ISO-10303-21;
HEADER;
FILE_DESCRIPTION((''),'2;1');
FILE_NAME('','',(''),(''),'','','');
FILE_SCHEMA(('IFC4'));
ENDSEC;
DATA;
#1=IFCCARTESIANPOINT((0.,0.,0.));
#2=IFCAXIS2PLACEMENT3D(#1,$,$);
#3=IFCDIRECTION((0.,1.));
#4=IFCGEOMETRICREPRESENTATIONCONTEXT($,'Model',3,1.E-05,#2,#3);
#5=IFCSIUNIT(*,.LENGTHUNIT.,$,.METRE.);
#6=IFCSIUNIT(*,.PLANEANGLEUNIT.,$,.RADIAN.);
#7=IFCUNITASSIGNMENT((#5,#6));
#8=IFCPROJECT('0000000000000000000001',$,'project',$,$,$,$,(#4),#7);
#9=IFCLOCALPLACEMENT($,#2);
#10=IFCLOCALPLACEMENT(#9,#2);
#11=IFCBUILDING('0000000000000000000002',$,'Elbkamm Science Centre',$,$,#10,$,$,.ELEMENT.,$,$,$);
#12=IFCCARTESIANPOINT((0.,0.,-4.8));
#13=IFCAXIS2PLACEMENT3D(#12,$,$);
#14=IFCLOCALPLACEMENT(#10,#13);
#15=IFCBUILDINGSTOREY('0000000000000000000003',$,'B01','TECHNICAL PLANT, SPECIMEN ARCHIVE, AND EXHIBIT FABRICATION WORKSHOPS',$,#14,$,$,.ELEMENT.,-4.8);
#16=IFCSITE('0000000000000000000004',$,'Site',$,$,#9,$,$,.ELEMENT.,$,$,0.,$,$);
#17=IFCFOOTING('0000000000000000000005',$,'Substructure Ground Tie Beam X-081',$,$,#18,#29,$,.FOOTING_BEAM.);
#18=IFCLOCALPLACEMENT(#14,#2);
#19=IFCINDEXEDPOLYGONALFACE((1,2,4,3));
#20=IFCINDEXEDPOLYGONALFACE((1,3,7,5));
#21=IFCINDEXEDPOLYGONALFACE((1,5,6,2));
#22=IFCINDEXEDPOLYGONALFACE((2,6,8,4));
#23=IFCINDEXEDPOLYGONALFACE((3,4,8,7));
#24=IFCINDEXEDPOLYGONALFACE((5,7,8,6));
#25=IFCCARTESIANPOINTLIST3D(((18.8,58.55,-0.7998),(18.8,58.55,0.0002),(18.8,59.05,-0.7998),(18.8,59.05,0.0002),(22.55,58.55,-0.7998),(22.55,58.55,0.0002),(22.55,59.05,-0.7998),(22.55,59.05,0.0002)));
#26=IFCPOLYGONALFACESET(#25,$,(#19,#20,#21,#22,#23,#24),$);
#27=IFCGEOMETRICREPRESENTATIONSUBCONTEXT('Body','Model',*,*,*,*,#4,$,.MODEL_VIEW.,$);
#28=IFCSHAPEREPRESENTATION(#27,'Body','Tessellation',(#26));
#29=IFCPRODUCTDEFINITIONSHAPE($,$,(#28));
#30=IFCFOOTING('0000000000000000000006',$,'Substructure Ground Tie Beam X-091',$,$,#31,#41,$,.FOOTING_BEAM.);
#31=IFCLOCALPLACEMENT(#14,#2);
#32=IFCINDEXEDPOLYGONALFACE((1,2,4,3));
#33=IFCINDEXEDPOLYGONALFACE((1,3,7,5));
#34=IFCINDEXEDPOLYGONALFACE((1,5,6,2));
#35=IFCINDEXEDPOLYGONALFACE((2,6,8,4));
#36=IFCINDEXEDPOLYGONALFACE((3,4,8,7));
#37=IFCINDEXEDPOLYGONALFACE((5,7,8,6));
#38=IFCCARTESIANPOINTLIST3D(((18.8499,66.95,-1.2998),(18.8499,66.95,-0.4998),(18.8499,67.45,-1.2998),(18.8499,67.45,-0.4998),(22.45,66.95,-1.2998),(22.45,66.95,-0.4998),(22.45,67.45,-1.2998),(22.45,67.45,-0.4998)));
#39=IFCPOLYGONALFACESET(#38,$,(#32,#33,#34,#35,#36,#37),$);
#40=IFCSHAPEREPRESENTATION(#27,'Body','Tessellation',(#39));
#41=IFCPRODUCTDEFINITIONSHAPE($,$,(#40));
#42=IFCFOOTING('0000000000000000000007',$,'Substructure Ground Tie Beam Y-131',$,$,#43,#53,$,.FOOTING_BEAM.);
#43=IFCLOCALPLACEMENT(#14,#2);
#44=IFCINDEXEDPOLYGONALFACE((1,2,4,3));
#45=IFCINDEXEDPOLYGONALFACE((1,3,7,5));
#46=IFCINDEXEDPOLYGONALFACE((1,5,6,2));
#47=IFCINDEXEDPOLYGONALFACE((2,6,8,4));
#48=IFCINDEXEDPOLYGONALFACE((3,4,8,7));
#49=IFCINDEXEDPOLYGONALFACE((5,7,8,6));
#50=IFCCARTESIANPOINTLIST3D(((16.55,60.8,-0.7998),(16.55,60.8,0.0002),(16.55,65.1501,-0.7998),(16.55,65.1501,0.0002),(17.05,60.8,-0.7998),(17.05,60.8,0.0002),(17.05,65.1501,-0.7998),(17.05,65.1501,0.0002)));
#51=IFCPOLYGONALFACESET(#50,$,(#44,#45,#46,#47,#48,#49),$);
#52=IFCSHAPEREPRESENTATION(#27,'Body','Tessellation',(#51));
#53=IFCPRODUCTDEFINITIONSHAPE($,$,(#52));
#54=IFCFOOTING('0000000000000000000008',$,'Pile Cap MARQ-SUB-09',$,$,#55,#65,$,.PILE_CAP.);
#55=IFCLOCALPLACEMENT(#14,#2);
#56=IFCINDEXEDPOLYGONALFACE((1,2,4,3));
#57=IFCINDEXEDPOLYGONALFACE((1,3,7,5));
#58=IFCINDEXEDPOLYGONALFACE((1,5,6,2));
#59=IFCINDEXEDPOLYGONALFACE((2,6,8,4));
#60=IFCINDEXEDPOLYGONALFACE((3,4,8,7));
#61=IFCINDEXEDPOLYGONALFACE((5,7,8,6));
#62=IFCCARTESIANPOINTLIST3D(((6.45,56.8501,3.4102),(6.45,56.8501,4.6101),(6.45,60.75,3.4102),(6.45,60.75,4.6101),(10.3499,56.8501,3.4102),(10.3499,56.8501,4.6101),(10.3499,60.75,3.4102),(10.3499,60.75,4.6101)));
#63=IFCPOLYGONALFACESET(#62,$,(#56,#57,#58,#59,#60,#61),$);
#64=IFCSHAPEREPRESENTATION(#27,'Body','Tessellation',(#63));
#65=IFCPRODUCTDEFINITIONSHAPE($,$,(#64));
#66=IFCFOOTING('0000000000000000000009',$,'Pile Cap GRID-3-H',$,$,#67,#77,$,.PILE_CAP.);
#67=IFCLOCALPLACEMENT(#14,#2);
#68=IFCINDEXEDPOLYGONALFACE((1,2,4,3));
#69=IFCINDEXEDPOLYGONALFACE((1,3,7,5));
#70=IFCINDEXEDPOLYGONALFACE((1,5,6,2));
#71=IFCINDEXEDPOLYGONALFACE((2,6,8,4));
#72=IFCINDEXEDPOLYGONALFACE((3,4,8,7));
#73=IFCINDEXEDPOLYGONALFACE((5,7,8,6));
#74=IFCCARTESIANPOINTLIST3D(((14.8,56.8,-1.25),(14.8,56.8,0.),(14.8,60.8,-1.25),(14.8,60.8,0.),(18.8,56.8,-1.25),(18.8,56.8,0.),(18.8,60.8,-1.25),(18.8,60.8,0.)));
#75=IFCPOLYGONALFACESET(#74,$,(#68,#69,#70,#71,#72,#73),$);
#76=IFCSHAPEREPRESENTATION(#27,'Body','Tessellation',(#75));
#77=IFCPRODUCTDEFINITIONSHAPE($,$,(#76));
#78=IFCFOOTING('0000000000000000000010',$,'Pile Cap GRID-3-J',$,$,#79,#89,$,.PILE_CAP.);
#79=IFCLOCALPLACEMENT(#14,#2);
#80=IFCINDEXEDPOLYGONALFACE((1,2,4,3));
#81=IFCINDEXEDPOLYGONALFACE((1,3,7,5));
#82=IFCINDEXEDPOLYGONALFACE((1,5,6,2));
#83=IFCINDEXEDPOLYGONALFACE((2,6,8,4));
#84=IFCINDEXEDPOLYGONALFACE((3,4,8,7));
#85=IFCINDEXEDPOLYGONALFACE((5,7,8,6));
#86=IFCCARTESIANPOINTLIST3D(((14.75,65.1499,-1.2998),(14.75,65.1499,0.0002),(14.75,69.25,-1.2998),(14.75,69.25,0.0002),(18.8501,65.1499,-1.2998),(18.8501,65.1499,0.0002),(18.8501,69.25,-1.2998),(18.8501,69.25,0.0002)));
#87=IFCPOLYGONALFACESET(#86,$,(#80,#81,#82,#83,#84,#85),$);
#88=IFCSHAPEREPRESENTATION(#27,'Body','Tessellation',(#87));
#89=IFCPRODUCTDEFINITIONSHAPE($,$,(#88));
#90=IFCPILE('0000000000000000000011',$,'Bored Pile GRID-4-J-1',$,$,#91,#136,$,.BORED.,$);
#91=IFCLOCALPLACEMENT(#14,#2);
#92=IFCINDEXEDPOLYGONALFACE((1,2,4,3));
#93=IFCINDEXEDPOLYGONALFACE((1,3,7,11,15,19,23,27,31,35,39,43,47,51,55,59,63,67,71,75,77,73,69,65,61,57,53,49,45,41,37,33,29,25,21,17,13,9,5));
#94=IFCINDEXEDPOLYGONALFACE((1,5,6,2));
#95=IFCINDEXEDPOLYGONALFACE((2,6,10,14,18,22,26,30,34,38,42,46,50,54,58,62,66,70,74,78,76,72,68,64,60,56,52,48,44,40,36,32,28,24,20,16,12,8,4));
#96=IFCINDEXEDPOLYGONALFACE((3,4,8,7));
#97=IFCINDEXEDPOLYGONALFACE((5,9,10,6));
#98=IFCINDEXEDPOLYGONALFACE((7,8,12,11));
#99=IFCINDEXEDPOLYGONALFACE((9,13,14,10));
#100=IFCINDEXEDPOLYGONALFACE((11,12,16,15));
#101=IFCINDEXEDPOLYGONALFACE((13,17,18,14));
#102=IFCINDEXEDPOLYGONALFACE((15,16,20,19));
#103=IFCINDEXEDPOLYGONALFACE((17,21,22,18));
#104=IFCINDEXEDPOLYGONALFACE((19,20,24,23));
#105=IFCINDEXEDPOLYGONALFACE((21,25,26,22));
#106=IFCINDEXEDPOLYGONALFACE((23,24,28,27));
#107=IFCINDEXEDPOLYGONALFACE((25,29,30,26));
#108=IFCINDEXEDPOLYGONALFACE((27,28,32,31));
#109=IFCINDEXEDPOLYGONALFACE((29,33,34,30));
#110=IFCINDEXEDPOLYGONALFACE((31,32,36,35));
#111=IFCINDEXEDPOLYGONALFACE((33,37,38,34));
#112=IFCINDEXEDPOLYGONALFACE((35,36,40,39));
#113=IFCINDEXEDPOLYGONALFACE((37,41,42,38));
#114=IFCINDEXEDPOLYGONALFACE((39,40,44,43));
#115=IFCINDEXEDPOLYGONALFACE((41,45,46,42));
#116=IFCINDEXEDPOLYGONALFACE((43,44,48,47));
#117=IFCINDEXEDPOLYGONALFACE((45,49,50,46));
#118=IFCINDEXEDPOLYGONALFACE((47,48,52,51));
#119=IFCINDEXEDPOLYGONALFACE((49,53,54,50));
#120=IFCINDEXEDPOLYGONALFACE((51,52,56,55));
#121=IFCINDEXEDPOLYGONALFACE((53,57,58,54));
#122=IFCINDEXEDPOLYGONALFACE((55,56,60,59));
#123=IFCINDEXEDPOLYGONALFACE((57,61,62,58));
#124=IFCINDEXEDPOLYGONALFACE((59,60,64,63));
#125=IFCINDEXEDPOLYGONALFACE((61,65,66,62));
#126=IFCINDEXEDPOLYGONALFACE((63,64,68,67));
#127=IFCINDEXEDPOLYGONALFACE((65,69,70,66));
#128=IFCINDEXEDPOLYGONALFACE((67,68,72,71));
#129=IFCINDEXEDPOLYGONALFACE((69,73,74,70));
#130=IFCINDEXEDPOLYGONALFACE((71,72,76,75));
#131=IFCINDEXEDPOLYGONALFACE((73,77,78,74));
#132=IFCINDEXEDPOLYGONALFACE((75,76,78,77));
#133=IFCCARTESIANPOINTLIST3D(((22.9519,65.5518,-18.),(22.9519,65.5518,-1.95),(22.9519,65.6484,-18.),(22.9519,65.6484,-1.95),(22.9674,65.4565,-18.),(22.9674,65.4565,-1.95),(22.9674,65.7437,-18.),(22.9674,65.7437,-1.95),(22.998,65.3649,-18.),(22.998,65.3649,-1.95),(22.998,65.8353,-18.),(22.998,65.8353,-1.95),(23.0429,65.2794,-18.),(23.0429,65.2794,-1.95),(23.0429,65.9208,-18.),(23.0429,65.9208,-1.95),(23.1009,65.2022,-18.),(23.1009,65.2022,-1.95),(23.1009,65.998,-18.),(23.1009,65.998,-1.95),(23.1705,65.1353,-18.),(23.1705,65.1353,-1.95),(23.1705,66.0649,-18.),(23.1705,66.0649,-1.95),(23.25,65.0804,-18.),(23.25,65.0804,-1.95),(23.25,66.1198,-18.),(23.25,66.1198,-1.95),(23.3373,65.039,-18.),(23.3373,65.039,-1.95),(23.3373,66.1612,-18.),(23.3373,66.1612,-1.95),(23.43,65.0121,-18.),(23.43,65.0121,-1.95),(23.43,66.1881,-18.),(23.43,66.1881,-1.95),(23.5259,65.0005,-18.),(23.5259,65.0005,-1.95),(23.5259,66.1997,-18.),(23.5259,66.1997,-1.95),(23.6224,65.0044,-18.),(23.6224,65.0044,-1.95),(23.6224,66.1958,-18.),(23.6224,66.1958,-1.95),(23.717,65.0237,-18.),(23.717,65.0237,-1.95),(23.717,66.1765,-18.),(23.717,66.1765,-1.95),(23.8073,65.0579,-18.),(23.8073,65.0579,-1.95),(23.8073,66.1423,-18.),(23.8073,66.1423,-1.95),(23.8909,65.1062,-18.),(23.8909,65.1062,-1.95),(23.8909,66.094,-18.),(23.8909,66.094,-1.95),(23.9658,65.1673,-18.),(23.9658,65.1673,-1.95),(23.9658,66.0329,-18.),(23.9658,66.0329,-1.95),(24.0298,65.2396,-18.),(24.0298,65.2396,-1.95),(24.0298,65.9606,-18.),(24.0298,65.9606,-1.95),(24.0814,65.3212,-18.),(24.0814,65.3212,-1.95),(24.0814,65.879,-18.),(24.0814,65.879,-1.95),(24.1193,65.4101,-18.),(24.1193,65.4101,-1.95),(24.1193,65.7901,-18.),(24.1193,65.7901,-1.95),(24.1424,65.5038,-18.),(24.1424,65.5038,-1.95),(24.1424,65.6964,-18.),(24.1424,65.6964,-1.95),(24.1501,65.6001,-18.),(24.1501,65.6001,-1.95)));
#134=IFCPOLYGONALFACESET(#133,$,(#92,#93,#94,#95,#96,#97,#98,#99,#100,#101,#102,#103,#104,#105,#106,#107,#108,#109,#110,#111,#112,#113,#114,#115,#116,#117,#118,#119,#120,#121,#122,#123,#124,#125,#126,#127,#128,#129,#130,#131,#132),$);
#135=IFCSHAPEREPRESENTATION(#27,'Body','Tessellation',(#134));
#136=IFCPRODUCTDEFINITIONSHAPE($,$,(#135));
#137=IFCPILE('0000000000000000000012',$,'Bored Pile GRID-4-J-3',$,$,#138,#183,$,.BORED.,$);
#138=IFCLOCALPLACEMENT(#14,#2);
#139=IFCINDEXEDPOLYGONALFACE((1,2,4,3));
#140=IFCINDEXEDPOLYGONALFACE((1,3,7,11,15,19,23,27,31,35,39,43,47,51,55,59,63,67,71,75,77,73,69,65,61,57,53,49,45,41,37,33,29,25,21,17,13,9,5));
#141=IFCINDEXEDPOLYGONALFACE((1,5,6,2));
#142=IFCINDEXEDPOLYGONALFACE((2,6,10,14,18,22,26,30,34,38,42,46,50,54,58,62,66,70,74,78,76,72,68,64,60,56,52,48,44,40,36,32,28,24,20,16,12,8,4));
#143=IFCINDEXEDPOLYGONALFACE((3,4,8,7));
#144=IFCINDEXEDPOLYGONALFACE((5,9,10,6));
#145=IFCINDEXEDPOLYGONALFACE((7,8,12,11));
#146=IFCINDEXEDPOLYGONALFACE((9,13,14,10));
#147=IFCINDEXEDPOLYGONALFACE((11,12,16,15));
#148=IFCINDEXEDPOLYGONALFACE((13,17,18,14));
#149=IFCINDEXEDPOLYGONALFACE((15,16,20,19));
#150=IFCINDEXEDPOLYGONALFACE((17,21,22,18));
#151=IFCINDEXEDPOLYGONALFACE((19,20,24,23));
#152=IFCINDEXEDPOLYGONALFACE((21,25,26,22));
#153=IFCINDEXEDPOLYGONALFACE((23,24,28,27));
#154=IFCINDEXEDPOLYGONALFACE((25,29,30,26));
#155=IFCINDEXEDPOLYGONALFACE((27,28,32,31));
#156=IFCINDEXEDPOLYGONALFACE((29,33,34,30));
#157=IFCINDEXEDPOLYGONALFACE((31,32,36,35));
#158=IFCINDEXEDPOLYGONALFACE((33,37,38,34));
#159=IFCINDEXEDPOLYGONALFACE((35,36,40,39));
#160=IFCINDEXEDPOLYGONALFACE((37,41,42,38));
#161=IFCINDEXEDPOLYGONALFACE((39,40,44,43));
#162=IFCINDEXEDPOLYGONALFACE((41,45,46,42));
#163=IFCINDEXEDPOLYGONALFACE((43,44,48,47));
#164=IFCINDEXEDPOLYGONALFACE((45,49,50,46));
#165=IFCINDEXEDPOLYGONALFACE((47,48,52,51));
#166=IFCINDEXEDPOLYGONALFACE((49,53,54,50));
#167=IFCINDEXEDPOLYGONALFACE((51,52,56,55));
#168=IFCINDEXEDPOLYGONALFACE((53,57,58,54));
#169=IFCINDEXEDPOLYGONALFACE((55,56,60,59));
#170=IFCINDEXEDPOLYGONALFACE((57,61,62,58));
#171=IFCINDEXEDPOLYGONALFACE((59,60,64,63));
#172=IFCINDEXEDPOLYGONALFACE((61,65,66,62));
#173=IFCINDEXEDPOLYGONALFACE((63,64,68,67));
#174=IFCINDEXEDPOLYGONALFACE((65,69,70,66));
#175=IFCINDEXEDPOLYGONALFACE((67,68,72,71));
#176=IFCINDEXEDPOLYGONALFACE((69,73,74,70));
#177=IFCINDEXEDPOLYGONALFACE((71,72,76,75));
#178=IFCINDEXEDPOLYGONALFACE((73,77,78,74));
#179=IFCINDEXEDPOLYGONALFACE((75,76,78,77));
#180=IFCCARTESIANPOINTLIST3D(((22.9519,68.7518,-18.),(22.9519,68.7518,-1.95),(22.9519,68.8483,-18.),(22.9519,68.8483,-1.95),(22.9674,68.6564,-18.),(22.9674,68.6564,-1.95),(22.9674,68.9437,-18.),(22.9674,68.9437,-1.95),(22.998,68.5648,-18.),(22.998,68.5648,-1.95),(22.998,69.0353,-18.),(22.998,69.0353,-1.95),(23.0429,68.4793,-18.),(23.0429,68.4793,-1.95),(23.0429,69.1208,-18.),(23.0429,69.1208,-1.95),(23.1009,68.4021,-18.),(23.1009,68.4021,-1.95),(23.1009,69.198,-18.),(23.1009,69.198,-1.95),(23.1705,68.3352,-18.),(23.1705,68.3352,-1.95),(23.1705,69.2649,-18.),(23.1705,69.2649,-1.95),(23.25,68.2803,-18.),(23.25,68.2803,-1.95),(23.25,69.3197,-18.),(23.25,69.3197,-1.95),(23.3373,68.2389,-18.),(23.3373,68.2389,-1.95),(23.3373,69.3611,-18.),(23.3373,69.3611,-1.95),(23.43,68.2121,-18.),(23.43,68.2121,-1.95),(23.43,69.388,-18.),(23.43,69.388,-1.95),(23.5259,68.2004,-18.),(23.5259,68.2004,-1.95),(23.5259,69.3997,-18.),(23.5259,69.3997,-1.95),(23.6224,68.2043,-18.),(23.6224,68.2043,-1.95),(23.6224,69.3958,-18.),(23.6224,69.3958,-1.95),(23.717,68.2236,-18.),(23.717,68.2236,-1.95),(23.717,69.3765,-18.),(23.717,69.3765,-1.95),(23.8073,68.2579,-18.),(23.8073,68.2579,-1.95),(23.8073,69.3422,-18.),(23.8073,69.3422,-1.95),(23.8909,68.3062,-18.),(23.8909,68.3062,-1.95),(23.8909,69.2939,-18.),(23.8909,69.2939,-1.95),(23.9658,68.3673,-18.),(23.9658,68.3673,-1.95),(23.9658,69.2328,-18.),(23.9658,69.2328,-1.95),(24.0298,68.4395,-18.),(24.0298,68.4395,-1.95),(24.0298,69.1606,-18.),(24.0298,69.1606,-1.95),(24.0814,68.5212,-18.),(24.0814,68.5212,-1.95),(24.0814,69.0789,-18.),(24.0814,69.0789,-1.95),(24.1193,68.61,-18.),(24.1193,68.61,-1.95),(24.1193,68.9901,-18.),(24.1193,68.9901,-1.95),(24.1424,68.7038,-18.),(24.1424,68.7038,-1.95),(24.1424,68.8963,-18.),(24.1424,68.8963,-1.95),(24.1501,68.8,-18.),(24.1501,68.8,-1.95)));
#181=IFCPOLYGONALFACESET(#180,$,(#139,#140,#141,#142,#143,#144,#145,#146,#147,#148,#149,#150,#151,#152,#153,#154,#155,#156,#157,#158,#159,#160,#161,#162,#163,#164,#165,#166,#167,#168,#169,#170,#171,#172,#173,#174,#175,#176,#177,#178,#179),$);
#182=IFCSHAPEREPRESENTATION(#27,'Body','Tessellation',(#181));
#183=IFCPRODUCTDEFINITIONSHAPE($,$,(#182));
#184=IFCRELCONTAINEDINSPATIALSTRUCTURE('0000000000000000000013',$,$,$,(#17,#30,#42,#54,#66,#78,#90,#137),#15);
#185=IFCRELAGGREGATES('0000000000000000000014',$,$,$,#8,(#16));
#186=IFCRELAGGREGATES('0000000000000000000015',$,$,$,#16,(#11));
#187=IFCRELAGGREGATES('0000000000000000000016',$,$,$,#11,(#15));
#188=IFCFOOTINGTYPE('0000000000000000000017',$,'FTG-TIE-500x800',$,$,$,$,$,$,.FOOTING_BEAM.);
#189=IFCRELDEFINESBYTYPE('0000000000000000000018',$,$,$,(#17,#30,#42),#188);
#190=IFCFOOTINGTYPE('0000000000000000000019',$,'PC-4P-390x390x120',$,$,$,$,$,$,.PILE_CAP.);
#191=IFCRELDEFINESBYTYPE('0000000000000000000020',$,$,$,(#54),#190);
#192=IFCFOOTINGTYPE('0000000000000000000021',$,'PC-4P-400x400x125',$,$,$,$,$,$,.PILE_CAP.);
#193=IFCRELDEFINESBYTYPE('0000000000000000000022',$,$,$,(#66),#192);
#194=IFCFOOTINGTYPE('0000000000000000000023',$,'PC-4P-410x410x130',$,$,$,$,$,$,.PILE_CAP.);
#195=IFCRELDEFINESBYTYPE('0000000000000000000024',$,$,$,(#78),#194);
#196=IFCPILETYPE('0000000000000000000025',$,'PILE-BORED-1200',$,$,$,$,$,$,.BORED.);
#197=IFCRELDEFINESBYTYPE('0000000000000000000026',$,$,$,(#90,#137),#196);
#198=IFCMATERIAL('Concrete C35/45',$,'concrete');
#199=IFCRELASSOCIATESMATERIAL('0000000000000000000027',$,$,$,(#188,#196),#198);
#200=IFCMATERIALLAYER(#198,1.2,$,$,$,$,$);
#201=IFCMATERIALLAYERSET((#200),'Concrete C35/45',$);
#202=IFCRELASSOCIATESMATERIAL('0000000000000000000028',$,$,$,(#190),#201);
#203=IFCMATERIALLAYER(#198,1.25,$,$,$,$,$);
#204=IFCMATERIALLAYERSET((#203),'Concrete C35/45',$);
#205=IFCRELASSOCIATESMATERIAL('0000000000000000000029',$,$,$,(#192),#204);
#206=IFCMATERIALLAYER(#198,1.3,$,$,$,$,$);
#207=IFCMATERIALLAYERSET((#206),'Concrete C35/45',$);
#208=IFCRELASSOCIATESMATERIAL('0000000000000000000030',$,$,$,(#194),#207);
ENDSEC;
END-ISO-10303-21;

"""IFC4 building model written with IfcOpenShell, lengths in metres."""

from ifc_helpers import new_model, si_unit, direction, frame, origin, origin_2d, place, context, subcontext, project, spatial, rectangle, circle, extrude, material, layer, layer_set, material_profile, profile_set, type_object, element, save


model = new_model("IFC4")

# Units and contexts
model_context = context("Model", 3, precision=1e-05, world=origin(), true_north=direction((0.0, 1.0)))
body_context = subcontext(model_context, "Body", "Model", "MODEL_VIEW")
ifc_project = project(units=[si_unit("LENGTHUNIT", "METRE"), si_unit("PLANEANGLEUNIT", "RADIAN")], contexts=[model_context])

# Site, building, storey
site_placement = place(None, origin())
site = spatial("IfcSite", under=ifc_project, at=site_placement, Name="Site", CompositionType="ELEMENT", RefElevation=0.0)
building_placement = place(site_placement, origin())
building = spatial("IfcBuilding", under=site, at=building_placement, Name="Elbkamm Science Centre", CompositionType="ELEMENT")
storey_placement = place(building_placement, frame((0.0, 0.0, -4.8)))
storey = spatial("IfcBuildingStorey", under=building, at=storey_placement, Name="B01", Description="TECHNICAL PLANT, SPECIMEN ARCHIVE, AND EXHIBIT FABRICATION WORKSHOPS", CompositionType="ELEMENT", Elevation=-4.8)

# Footings
ifc_material_1 = material(Name="Concrete C35/45", Category="concrete")
footing_type_1 = type_object("IfcFootingType", Name="FTG-TIE-500x800", PredefinedType="FOOTING_BEAM", material=ifc_material_1)
footing_1_placement = place(storey_placement, frame((20.675, 58.8, -0.7998), z_axis=(0.0, 0.0, 1.0), x_axis=(1.0, 0.0, 0.0)))
element("IfcFooting", 1, at=footing_1_placement, inside=storey, type_object=footing_type_1, Name="Substructure Ground Tie Beam X-081", PredefinedType="FOOTING_BEAM", context=body_context, shape_type="SweptSolid", body=[
    extrude(rectangle(XDim=3.75, YDim=0.5, at=origin_2d()), origin(), (0.0, 0.0, 1.0), 0.8),
])
footing_2_placement = place(storey_placement, frame((20.6499, 67.2, -1.2998), z_axis=(0.0, 0.0, 1.0), x_axis=(1.0, 0.0, 0.0)))
element("IfcFooting", 2, at=footing_2_placement, inside=storey, type_object=footing_type_1, Name="Substructure Ground Tie Beam X-091", PredefinedType="FOOTING_BEAM", context=body_context, shape_type="SweptSolid", body=[
    extrude(rectangle(XDim=3.6001, YDim=0.5, at=origin_2d()), origin(), (0.0, 0.0, 1.0), 0.8),
])
footing_3_placement = place(storey_placement, frame((16.8, 62.9751, -0.7998), z_axis=(0.0, 0.0, 1.0), x_axis=(1.0, 0.0, 0.0)))
element("IfcFooting", 3, at=footing_3_placement, inside=storey, type_object=footing_type_1, Name="Substructure Ground Tie Beam Y-131", PredefinedType="FOOTING_BEAM", context=body_context, shape_type="SweptSolid", body=[
    extrude(rectangle(XDim=0.5, YDim=4.3501, at=origin_2d()), origin(), (0.0, 0.0, 1.0), 0.8),
])
ifc_layer_1 = layer(ifc_material_1, 1.2)
ifc_layer_set_1 = layer_set([ifc_layer_1], Name="Concrete C35/45")
footing_type_2 = type_object("IfcFootingType", Name="PC-4P-390x390x120", PredefinedType="PILE_CAP", material=ifc_layer_set_1)
footing_4_placement = place(storey_placement, frame((8.3999, 58.8, 3.4102), z_axis=(0.0, 0.0, 1.0), x_axis=(1.0, 0.0, 0.0)))
element("IfcFooting", 4, at=footing_4_placement, inside=storey, type_object=footing_type_2, Name="Pile Cap MARQ-SUB-09", PredefinedType="PILE_CAP", context=body_context, shape_type="SweptSolid", body=[
    extrude(rectangle(XDim=3.8999, YDim=3.8999, at=origin_2d()), origin(), (0.0, 0.0, 1.0), 1.2),
])
ifc_layer_2 = layer(ifc_material_1, 1.25)
ifc_layer_set_2 = layer_set([ifc_layer_2], Name="Concrete C35/45")
footing_type_3 = type_object("IfcFootingType", Name="PC-4P-400x400x125", PredefinedType="PILE_CAP", material=ifc_layer_set_2)
footing_5_placement = place(storey_placement, frame((16.8, 58.8, -1.25), z_axis=(0.0, 0.0, 1.0), x_axis=(1.0, 0.0, 0.0)))
element("IfcFooting", 5, at=footing_5_placement, inside=storey, type_object=footing_type_3, Name="Pile Cap GRID-3-H", PredefinedType="PILE_CAP", context=body_context, shape_type="SweptSolid", body=[
    extrude(rectangle(XDim=4.0, YDim=4.0, at=origin_2d()), origin(), (0.0, 0.0, 1.0), 1.25),
])
ifc_layer_3 = layer(ifc_material_1, 1.3)
ifc_layer_set_3 = layer_set([ifc_layer_3], Name="Concrete C35/45")
footing_type_4 = type_object("IfcFootingType", Name="PC-4P-410x410x130", PredefinedType="PILE_CAP", material=ifc_layer_set_3)
footing_6_placement = place(storey_placement, frame((16.8, 67.2, -1.2998), z_axis=(0.0, 0.0, 1.0), x_axis=(1.0, 0.0, 0.0)))
element("IfcFooting", 6, at=footing_6_placement, inside=storey, type_object=footing_type_4, Name="Pile Cap GRID-3-J", PredefinedType="PILE_CAP", context=body_context, shape_type="SweptSolid", body=[
    extrude(rectangle(XDim=4.1001, YDim=4.1001, at=origin_2d()), origin(), (0.0, 0.0, 1.0), 1.3),
])

# Piles
ifc_material_profile_1 = material_profile(ifc_material_1, circle(Radius=0.6001, at=origin_2d()), Name="PILE D1200")
ifc_profile_set_1 = profile_set([ifc_material_profile_1], Name="Concrete C35/45")
pile_type_1 = type_object("IfcPileType", Name="PILE-BORED-1200", PredefinedType="BORED", material=ifc_profile_set_1)
for number, where, z_axis, x_axis, name in (
    (7, (23.55, 65.6001, -1.95), (0.0, 0.0, -1.0), (1.0, 0.0, 0.0), "Bored Pile GRID-4-J-1"),
    (8, (23.55, 68.8, -1.95), (0.0, 0.0, -1.0), (1.0, 0.0, 0.0), "Bored Pile GRID-4-J-3"),
):
    element("IfcPile", number, at=place(storey_placement, frame(where, z_axis=z_axis, x_axis=x_axis)), inside=storey, type_object=pile_type_1, Name=name, PredefinedType="BORED", context=body_context, shape_type="SweptSolid", body=[
        extrude(circle(Radius=0.6001, at=origin_2d()), origin(), (0.0, 0.0, 1.0), 16.05),
    ])

save(model, "model.ifc")
